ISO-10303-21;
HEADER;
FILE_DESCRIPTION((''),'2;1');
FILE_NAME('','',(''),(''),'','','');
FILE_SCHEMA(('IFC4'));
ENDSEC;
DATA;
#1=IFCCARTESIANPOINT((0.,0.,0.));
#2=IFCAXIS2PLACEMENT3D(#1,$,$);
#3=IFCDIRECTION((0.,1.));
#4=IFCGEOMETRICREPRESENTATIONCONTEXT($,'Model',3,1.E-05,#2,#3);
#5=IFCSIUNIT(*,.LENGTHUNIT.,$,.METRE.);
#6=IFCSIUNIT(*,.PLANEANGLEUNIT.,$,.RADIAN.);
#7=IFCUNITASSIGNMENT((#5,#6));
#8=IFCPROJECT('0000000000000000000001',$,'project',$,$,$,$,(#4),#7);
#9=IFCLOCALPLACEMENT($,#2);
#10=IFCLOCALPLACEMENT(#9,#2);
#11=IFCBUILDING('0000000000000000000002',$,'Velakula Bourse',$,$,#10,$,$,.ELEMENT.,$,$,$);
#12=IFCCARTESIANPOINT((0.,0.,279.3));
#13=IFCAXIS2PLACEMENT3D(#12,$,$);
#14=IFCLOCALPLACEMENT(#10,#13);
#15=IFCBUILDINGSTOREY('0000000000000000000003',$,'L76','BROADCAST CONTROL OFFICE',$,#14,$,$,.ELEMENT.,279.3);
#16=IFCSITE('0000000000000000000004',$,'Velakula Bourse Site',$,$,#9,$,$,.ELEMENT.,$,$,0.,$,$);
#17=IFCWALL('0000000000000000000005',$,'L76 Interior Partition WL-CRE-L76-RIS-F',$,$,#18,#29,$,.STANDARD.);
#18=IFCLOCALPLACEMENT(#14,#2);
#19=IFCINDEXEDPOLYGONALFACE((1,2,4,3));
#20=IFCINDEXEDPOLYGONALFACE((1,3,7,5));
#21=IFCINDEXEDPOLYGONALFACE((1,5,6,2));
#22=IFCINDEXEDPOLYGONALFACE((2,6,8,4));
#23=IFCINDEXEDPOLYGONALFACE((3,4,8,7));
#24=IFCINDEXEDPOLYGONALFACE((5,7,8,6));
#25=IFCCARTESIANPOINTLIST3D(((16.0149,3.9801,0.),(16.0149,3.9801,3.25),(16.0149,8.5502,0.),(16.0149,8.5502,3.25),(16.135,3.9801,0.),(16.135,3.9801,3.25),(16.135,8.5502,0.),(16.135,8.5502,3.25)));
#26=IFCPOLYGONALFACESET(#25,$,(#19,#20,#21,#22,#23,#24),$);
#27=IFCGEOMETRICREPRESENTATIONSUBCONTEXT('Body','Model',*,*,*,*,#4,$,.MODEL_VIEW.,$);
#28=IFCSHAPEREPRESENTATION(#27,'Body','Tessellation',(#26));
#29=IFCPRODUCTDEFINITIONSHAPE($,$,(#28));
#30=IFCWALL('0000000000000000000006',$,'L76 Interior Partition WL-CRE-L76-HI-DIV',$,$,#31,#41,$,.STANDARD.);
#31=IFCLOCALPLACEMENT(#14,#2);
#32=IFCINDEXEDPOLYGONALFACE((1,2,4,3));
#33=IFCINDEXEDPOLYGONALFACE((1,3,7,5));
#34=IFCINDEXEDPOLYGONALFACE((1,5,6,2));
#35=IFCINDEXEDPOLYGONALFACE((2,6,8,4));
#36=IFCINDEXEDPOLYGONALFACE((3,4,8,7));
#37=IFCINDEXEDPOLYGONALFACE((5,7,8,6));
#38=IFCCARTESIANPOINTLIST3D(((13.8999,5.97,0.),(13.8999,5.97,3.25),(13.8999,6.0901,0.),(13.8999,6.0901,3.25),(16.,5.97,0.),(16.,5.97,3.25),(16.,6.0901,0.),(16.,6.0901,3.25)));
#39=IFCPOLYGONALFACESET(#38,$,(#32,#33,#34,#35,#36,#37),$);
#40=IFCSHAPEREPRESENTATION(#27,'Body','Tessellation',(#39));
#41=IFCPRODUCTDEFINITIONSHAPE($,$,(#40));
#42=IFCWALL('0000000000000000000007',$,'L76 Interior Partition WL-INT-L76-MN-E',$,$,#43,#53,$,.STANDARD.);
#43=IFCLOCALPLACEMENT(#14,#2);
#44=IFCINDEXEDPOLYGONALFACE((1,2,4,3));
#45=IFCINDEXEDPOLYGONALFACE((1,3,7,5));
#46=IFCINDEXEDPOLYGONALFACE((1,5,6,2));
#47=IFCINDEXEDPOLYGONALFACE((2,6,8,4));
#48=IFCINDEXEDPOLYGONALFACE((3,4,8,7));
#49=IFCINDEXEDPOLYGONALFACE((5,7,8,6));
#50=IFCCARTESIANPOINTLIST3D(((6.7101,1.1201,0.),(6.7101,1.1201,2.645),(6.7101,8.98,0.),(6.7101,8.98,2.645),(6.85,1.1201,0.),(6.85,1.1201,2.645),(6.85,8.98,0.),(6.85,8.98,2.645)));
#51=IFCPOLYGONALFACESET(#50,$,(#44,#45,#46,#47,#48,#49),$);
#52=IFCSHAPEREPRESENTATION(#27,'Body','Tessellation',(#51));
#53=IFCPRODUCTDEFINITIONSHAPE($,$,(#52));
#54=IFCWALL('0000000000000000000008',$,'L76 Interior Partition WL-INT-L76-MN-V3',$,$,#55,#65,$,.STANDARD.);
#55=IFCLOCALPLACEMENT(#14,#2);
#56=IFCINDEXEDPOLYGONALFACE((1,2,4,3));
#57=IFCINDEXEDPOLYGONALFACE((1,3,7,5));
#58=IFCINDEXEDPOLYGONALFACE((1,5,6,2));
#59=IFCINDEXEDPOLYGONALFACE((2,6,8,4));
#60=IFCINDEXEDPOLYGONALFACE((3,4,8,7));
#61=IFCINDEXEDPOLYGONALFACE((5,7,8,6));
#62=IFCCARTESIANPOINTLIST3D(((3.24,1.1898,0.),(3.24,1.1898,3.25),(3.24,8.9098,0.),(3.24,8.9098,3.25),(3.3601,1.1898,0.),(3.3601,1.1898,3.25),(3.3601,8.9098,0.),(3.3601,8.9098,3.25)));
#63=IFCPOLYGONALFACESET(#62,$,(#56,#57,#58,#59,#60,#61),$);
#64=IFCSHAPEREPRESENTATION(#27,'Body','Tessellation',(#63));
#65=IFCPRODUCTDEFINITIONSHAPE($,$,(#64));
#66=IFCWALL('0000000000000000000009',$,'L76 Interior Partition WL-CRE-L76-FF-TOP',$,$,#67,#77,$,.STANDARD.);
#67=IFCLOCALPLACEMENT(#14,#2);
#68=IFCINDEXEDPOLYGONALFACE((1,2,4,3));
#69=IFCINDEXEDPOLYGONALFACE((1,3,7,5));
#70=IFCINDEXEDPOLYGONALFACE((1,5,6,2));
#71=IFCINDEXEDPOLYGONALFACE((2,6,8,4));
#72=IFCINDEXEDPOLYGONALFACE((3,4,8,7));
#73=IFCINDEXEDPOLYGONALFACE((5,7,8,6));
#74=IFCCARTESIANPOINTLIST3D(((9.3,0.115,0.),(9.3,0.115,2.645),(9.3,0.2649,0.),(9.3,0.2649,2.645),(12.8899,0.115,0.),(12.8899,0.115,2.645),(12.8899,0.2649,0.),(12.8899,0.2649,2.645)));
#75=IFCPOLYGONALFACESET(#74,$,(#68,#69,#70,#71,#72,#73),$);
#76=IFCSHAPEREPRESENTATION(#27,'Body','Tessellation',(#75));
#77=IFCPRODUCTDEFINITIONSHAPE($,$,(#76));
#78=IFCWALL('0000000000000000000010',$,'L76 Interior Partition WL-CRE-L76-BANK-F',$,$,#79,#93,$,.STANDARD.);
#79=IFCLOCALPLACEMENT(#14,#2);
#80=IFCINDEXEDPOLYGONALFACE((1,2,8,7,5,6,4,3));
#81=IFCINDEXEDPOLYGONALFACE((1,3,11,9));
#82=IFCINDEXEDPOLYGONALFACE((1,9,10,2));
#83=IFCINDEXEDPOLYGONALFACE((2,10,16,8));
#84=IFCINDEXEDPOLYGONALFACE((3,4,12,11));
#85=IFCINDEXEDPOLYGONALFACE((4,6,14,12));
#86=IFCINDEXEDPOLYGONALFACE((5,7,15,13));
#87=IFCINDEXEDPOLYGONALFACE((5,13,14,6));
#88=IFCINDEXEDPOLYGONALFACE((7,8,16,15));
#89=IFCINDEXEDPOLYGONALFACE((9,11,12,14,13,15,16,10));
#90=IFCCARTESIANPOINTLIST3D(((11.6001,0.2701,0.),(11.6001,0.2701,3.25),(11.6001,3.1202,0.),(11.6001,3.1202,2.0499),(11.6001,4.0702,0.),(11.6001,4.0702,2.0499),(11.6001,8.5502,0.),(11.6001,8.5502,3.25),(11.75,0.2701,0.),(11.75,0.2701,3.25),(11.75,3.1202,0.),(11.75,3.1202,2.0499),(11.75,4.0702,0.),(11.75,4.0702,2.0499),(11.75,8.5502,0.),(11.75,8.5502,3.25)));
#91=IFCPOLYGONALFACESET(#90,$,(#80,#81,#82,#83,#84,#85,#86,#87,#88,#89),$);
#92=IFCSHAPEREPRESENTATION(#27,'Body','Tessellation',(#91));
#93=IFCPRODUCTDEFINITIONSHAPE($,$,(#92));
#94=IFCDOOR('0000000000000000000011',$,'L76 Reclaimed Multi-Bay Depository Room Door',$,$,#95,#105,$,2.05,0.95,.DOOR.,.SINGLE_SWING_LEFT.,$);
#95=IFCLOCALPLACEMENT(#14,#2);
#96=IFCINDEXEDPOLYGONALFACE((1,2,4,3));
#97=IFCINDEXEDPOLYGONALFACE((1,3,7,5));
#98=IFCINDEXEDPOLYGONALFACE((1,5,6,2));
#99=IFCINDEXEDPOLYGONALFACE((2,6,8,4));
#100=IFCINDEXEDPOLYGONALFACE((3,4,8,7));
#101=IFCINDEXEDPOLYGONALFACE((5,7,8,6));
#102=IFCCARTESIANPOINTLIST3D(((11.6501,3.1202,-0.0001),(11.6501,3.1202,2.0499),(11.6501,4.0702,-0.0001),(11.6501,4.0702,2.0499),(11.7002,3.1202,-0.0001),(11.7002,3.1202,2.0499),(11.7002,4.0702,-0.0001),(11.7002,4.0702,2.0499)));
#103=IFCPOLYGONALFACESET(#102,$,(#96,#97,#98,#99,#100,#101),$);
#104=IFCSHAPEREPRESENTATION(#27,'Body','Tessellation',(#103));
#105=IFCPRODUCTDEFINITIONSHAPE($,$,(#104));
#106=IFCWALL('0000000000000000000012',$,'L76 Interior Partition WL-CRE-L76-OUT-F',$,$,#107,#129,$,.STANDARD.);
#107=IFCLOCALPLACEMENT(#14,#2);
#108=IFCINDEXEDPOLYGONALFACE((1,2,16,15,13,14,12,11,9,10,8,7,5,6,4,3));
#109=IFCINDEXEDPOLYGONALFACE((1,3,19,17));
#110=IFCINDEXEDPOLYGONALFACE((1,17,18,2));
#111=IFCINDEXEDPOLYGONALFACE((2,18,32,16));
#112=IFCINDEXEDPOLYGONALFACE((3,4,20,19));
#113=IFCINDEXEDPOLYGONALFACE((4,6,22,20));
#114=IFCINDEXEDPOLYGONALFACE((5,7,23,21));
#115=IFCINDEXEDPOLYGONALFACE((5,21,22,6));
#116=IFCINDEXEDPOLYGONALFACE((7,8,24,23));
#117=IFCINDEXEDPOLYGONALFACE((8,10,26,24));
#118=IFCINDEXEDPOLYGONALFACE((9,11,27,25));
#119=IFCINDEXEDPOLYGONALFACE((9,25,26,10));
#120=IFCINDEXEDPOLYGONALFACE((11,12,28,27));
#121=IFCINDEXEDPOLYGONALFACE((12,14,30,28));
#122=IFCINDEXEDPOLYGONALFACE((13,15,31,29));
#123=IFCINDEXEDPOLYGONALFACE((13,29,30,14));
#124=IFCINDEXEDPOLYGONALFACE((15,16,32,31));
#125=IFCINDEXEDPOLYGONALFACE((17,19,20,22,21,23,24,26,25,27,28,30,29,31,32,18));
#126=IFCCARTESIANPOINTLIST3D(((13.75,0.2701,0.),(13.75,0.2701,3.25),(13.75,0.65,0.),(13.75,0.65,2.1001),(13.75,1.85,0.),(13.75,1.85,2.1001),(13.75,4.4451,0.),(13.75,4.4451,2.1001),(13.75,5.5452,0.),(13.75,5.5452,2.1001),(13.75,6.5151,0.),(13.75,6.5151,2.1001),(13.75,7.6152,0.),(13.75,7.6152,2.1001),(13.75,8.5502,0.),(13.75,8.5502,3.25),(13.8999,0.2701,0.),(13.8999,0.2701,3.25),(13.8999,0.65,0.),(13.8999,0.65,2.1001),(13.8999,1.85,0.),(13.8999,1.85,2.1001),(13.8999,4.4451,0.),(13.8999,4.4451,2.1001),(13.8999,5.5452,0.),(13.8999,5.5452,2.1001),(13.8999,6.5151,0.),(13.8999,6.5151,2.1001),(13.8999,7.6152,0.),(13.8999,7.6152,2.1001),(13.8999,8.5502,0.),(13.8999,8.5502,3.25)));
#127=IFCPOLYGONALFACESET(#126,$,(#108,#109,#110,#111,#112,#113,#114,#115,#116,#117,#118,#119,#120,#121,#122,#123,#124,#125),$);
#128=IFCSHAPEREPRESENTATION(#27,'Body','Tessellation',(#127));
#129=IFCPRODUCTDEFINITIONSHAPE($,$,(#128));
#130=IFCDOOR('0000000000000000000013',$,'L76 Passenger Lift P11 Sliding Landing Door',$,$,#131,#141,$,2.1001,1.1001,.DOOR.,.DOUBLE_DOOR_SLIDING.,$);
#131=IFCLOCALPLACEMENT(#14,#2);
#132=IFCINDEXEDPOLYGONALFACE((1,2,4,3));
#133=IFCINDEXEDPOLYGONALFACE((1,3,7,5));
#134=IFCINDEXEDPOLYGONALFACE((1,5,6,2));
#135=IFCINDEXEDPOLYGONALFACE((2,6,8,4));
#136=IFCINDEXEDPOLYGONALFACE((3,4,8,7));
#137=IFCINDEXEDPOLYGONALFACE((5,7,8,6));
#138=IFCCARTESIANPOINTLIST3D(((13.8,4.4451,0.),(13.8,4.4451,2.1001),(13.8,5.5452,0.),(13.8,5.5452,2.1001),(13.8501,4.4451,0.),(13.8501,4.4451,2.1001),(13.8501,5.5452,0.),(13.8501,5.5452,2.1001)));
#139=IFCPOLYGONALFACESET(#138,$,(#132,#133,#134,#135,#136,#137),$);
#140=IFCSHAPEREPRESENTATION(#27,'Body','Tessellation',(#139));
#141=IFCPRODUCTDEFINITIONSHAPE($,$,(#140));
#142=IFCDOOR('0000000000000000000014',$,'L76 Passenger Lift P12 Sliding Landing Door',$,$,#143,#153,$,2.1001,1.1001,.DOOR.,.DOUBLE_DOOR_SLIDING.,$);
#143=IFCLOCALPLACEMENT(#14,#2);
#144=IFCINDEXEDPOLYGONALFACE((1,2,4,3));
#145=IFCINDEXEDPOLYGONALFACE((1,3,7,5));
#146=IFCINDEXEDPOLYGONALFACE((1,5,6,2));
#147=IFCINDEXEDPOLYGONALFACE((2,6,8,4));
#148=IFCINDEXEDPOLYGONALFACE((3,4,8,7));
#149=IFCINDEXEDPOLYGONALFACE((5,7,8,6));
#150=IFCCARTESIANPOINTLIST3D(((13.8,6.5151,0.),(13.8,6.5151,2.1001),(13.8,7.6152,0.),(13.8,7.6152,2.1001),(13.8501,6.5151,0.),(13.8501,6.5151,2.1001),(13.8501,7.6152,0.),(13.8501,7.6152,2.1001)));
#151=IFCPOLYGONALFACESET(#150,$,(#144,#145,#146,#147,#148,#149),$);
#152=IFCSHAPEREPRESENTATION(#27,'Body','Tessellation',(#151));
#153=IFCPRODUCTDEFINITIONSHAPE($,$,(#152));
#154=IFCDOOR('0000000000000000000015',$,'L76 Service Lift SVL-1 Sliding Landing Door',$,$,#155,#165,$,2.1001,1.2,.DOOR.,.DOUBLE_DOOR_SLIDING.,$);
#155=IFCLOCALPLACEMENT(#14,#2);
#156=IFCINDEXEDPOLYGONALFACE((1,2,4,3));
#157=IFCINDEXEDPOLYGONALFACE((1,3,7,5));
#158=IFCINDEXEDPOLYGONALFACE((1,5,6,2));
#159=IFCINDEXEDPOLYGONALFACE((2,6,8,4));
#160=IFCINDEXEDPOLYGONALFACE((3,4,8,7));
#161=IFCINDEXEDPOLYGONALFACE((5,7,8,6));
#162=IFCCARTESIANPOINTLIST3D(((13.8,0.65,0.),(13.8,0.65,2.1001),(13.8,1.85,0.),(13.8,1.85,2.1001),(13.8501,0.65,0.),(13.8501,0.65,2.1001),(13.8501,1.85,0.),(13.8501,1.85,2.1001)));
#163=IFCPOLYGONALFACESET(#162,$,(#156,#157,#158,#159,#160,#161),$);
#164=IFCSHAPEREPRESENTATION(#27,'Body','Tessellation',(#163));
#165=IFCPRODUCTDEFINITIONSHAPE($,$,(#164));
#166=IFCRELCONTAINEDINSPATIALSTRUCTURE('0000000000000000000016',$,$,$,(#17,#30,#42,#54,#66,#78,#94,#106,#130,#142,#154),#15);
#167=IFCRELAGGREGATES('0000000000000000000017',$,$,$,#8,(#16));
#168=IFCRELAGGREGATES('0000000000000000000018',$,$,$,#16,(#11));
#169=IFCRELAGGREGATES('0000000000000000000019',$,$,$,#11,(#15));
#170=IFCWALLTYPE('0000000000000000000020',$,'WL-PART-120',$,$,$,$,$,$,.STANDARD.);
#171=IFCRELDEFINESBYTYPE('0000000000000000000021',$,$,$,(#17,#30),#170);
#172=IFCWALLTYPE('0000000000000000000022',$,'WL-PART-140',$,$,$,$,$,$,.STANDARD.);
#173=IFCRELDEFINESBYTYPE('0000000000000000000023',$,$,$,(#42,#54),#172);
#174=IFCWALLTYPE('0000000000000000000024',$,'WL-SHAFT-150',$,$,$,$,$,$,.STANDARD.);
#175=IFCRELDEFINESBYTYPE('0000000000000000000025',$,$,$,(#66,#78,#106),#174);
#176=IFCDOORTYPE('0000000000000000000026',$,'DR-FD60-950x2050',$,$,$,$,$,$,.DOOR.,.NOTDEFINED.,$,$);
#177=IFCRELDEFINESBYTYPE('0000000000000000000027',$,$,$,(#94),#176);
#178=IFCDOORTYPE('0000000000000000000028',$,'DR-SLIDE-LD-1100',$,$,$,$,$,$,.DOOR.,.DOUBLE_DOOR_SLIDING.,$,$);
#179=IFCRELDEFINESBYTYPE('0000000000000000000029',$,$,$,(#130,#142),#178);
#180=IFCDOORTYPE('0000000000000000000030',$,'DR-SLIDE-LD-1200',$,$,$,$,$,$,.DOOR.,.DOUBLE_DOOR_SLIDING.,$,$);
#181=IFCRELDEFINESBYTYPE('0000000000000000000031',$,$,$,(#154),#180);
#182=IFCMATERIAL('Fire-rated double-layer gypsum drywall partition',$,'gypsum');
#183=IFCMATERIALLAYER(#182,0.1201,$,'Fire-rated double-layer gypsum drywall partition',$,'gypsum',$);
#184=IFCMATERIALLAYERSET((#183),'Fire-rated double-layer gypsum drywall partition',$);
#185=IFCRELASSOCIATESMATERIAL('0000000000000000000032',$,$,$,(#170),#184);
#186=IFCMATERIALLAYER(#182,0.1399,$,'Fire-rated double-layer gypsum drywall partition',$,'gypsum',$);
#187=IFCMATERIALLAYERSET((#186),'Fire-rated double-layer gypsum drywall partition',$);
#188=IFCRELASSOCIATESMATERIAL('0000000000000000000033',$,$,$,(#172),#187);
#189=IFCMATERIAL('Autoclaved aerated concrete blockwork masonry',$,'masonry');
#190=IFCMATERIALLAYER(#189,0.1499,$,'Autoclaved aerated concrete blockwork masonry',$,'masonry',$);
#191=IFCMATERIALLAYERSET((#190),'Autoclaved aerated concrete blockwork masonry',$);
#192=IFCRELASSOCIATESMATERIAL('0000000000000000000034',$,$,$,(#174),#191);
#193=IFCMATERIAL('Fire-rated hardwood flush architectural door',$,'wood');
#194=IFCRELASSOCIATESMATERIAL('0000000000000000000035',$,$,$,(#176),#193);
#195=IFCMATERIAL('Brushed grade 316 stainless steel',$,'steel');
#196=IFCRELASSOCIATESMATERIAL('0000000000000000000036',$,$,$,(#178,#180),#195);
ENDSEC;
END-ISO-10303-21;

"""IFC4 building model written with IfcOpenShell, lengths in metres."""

from ifc_helpers import new_model, si_unit, direction, frame, frame_2d, origin, place, context, subcontext, project, spatial, rectangle, extrude, material, layer, layer_set, type_object, element, fill, save


model = new_model("IFC4")

# Units and contexts
model_context = context("Model", 3, precision=1e-05, world=origin(), true_north=direction((0.0, 1.0)))
body_context = subcontext(model_context, "Body", "Model", "MODEL_VIEW")
ifc_project = project(units=[si_unit("LENGTHUNIT", "METRE"), si_unit("PLANEANGLEUNIT", "RADIAN")], contexts=[model_context])

# Site, building, storey
site_placement = place(None, origin())
site = spatial("IfcSite", under=ifc_project, at=site_placement, Name="Velakula Bourse Site", CompositionType="ELEMENT", RefElevation=0.0)
building_placement = place(site_placement, origin())
building = spatial("IfcBuilding", under=site, at=building_placement, Name="Velakula Bourse", CompositionType="ELEMENT")
storey_placement = place(building_placement, frame((0.0, 0.0, 279.3)))
storey = spatial("IfcBuildingStorey", under=building, at=storey_placement, Name="L76", Description="BROADCAST CONTROL OFFICE", CompositionType="ELEMENT", Elevation=279.3)

# Walls
ifc_material_1 = material(Name="Fire-rated double-layer gypsum drywall partition", Category="gypsum")
ifc_layer_1 = layer(ifc_material_1, 0.1201, Name="Fire-rated double-layer gypsum drywall partition", Category="gypsum")
ifc_layer_set_1 = layer_set([ifc_layer_1], Name="Fire-rated double-layer gypsum drywall partition")
wall_type_1 = type_object("IfcWallType", Name="WL-PART-120", PredefinedType="STANDARD", material=ifc_layer_set_1)
wall_1_placement = place(storey_placement, frame((16.075, 3.98, 0.0), z_axis=(0.0, 0.0, 1.0), x_axis=(0.0, 1.0, 0.0)))
element("IfcWall", 1, at=wall_1_placement, inside=storey, type_object=wall_type_1, Name="L76 Interior Partition WL-CRE-L76-RIS-F", PredefinedType="STANDARD", context=body_context, shape_type="SweptSolid", body=[
    extrude(rectangle(XDim=4.5701, YDim=0.1201, at=frame_2d((2.2852, 0.0))), origin(), (0.0, 0.0, 1.0), 3.25),
])
wall_2_placement = place(storey_placement, frame((13.8999, 6.03, 0.0), z_axis=(0.0, 0.0, 1.0), x_axis=(1.0, 0.0, 0.0)))
element("IfcWall", 2, at=wall_2_placement, inside=storey, type_object=wall_type_1, Name="L76 Interior Partition WL-CRE-L76-HI-DIV", PredefinedType="STANDARD", context=body_context, shape_type="SweptSolid", body=[
    extrude(rectangle(XDim=2.1001, YDim=0.1201, at=frame_2d((1.05, 0.0))), origin(), (0.0, 0.0, 1.0), 3.25),
])
ifc_layer_2 = layer(ifc_material_1, 0.1399, Name="Fire-rated double-layer gypsum drywall partition", Category="gypsum")
ifc_layer_set_2 = layer_set([ifc_layer_2], Name="Fire-rated double-layer gypsum drywall partition")
wall_type_2 = type_object("IfcWallType", Name="WL-PART-140", PredefinedType="STANDARD", material=ifc_layer_set_2)
wall_3_placement = place(storey_placement, frame((6.78, 1.1201, 0.0), z_axis=(0.0, 0.0, 1.0), x_axis=(0.0, 1.0, 0.0)))
element("IfcWall", 3, at=wall_3_placement, inside=storey, type_object=wall_type_2, Name="L76 Interior Partition WL-INT-L76-MN-E", PredefinedType="STANDARD", context=body_context, shape_type="SweptSolid", body=[
    extrude(rectangle(XDim=7.8599, YDim=0.1399, at=frame_2d((3.9299, 0.0))), origin(), (0.0, 0.0, 1.0), 2.645),
])
wall_4_placement = place(storey_placement, frame((3.3, 1.1899, 0.0), z_axis=(0.0, 0.0, 1.0), x_axis=(0.0, 1.0, 0.0)))
element("IfcWall", 4, at=wall_4_placement, inside=storey, type_object=wall_type_2, Name="L76 Interior Partition WL-INT-L76-MN-V3", PredefinedType="STANDARD", context=body_context, shape_type="SweptSolid", body=[
    extrude(rectangle(XDim=7.72, YDim=0.1201, at=frame_2d((3.8599, 0.0))), origin(), (0.0, 0.0, 1.0), 3.25),
])
ifc_material_2 = material(Name="Autoclaved aerated concrete blockwork masonry", Category="masonry")
ifc_layer_3 = layer(ifc_material_2, 0.1499, Name="Autoclaved aerated concrete blockwork masonry", Category="masonry")
ifc_layer_set_3 = layer_set([ifc_layer_3], Name="Autoclaved aerated concrete blockwork masonry")
wall_type_3 = type_object("IfcWallType", Name="WL-SHAFT-150", PredefinedType="STANDARD", material=ifc_layer_set_3)
wall_5_placement = place(storey_placement, frame((9.3, 0.1899, 0.0), z_axis=(0.0, 0.0, 1.0), x_axis=(1.0, 0.0, 0.0)))
element("IfcWall", 5, at=wall_5_placement, inside=storey, type_object=wall_type_3, Name="L76 Interior Partition WL-CRE-L76-FF-TOP", PredefinedType="STANDARD", context=body_context, shape_type="SweptSolid", body=[
    extrude(rectangle(XDim=3.5898, YDim=0.1499, at=frame_2d((1.7949, 0.0))), origin(), (0.0, 0.0, 1.0), 2.645),
])

# Wall, opening, door
wall_6_placement = place(storey_placement, frame((11.675, 0.27, 0.0), z_axis=(0.0, 0.0, 1.0), x_axis=(0.0, 1.0, 0.0)))
wall_6 = element("IfcWall", 6, at=wall_6_placement, inside=storey, type_object=wall_type_3, Name="L76 Interior Partition WL-CRE-L76-BANK-F", PredefinedType="STANDARD", context=body_context, shape_type="SweptSolid", body=[
    extrude(rectangle(XDim=8.28, YDim=0.1499, at=frame_2d((4.1401, 0.0))), origin(), (0.0, 0.0, 1.0), 3.25),
])
opening_1_placement = place(wall_6_placement, frame((2.8501, 0.0, 0.0)))
opening_1 = element("IfcOpeningElement", 7, at=opening_1_placement, cuts=wall_6, PredefinedType="OPENING", context=body_context, shape_type="SweptSolid", body=[
    extrude(rectangle(XDim=0.95, YDim=2.05, at=frame_2d((0.4751, 1.0249))), frame((0.0, 0.085, 0.0), z_axis=(0.0, -1.0, 0.0), x_axis=(1.0, 0.0, 0.0)), (0.0, 0.0, 1.0), 0.1699),
])
ifc_material_3 = material(Name="Fire-rated hardwood flush architectural door", Category="wood")
door_type_1 = type_object("IfcDoorType", Name="DR-FD60-950x2050", OperationType="NOTDEFINED", PredefinedType="DOOR", material=ifc_material_3)
door_1_placement = place(opening_1_placement, origin())
door_1 = element("IfcDoor", 8, at=door_1_placement, inside=storey, type_object=door_type_1, Name="L76 Reclaimed Multi-Bay Depository Room Door", OperationType="SINGLE_SWING_LEFT", OverallHeight=2.05, OverallWidth=0.95, PredefinedType="DOOR", context=body_context, shape_type="SweptSolid", body=[
    extrude(rectangle(XDim=0.95, YDim=2.05, at=frame_2d((0.4751, 1.0249))), frame((0.0, 0.0249, 0.0), z_axis=(0.0, -1.0, 0.0), x_axis=(1.0, 0.0, 0.0)), (0.0, 0.0, 1.0), 0.05),
])
fill(opening_1, door_1)

# Wall, openings, doors
wall_7_placement = place(storey_placement, frame((13.825, 0.27, 0.0), z_axis=(0.0, 0.0, 1.0), x_axis=(0.0, 1.0, 0.0)))
wall_7 = element("IfcWall", 9, at=wall_7_placement, inside=storey, type_object=wall_type_3, Name="L76 Interior Partition WL-CRE-L76-OUT-F", PredefinedType="STANDARD", context=body_context, shape_type="SweptSolid", body=[
    extrude(rectangle(XDim=8.28, YDim=0.1499, at=frame_2d((4.1401, 0.0))), origin(), (0.0, 0.0, 1.0), 3.25),
])
opening_2_placement = place(wall_7_placement, frame((4.175, 0.0, 0.0)))
opening_2 = element("IfcOpeningElement", 10, at=opening_2_placement, cuts=wall_7, PredefinedType="OPENING", context=body_context, shape_type="SweptSolid", body=[
    extrude(rectangle(XDim=1.1001, YDim=2.1001, at=frame_2d((0.55, 1.05))), frame((0.0, 0.085, 0.0), z_axis=(0.0, -1.0, 0.0), x_axis=(1.0, 0.0, 0.0)), (0.0, 0.0, 1.0), 0.1699),
])
opening_3_placement = place(wall_7_placement, frame((6.2451, 0.0, 0.0)))
opening_3 = element("IfcOpeningElement", 11, at=opening_3_placement, cuts=wall_7, PredefinedType="OPENING", context=body_context, shape_type="SweptSolid", body=[
    extrude(rectangle(XDim=1.1001, YDim=2.1001, at=frame_2d((0.55, 1.05))), frame((0.0, 0.085, 0.0), z_axis=(0.0, -1.0, 0.0), x_axis=(1.0, 0.0, 0.0)), (0.0, 0.0, 1.0), 0.1699),
])
opening_4_placement = place(wall_7_placement, frame((0.3799, 0.0, 0.0)))
opening_4 = element("IfcOpeningElement", 12, at=opening_4_placement, cuts=wall_7, PredefinedType="OPENING", context=body_context, shape_type="SweptSolid", body=[
    extrude(rectangle(XDim=1.2, YDim=2.1001, at=frame_2d((0.6001, 1.05))), frame((0.0, 0.085, 0.0), z_axis=(0.0, -1.0, 0.0), x_axis=(1.0, 0.0, 0.0)), (0.0, 0.0, 1.0), 0.1699),
])
ifc_material_4 = material(Name="Brushed grade 316 stainless steel", Category="steel")
door_type_2 = type_object("IfcDoorType", Name="DR-SLIDE-LD-1100", OperationType="DOUBLE_DOOR_SLIDING", PredefinedType="DOOR", material=ifc_material_4)
door_2_placement = place(opening_2_placement, origin())
door_2 = element("IfcDoor", 13, at=door_2_placement, inside=storey, type_object=door_type_2, Name="L76 Passenger Lift P11 Sliding Landing Door", OperationType="DOUBLE_DOOR_SLIDING", OverallHeight=2.1001, OverallWidth=1.1001, PredefinedType="DOOR", context=body_context, shape_type="SweptSolid", body=[
    extrude(rectangle(XDim=1.1001, YDim=2.1001, at=frame_2d((0.55, 1.05))), frame((0.0, 0.0249, 0.0), z_axis=(0.0, -1.0, 0.0), x_axis=(1.0, 0.0, 0.0)), (0.0, 0.0, 1.0), 0.05),
])
fill(opening_2, door_2)
door_3_placement = place(opening_3_placement, origin())
door_3 = element("IfcDoor", 14, at=door_3_placement, inside=storey, type_object=door_type_2, Name="L76 Passenger Lift P12 Sliding Landing Door", OperationType="DOUBLE_DOOR_SLIDING", OverallHeight=2.1001, OverallWidth=1.1001, PredefinedType="DOOR", context=body_context, shape_type="SweptSolid", body=[
    extrude(rectangle(XDim=1.1001, YDim=2.1001, at=frame_2d((0.55, 1.05))), frame((0.0, 0.0249, 0.0), z_axis=(0.0, -1.0, 0.0), x_axis=(1.0, 0.0, 0.0)), (0.0, 0.0, 1.0), 0.05),
])
fill(opening_3, door_3)
door_type_3 = type_object("IfcDoorType", Name="DR-SLIDE-LD-1200", OperationType="DOUBLE_DOOR_SLIDING", PredefinedType="DOOR", material=ifc_material_4)
door_4_placement = place(opening_4_placement, origin())
door_4 = element("IfcDoor", 15, at=door_4_placement, inside=storey, type_object=door_type_3, Name="L76 Service Lift SVL-1 Sliding Landing Door", OperationType="DOUBLE_DOOR_SLIDING", OverallHeight=2.1001, OverallWidth=1.2, PredefinedType="DOOR", context=body_context, shape_type="SweptSolid", body=[
    extrude(rectangle(XDim=1.2, YDim=2.1001, at=frame_2d((0.6001, 1.05))), frame((0.0, 0.0249, 0.0), z_axis=(0.0, -1.0, 0.0), x_axis=(1.0, 0.0, 0.0)), (0.0, 0.0, 1.0), 0.05),
])
fill(opening_4, door_4)

save(model, "model.ifc")
